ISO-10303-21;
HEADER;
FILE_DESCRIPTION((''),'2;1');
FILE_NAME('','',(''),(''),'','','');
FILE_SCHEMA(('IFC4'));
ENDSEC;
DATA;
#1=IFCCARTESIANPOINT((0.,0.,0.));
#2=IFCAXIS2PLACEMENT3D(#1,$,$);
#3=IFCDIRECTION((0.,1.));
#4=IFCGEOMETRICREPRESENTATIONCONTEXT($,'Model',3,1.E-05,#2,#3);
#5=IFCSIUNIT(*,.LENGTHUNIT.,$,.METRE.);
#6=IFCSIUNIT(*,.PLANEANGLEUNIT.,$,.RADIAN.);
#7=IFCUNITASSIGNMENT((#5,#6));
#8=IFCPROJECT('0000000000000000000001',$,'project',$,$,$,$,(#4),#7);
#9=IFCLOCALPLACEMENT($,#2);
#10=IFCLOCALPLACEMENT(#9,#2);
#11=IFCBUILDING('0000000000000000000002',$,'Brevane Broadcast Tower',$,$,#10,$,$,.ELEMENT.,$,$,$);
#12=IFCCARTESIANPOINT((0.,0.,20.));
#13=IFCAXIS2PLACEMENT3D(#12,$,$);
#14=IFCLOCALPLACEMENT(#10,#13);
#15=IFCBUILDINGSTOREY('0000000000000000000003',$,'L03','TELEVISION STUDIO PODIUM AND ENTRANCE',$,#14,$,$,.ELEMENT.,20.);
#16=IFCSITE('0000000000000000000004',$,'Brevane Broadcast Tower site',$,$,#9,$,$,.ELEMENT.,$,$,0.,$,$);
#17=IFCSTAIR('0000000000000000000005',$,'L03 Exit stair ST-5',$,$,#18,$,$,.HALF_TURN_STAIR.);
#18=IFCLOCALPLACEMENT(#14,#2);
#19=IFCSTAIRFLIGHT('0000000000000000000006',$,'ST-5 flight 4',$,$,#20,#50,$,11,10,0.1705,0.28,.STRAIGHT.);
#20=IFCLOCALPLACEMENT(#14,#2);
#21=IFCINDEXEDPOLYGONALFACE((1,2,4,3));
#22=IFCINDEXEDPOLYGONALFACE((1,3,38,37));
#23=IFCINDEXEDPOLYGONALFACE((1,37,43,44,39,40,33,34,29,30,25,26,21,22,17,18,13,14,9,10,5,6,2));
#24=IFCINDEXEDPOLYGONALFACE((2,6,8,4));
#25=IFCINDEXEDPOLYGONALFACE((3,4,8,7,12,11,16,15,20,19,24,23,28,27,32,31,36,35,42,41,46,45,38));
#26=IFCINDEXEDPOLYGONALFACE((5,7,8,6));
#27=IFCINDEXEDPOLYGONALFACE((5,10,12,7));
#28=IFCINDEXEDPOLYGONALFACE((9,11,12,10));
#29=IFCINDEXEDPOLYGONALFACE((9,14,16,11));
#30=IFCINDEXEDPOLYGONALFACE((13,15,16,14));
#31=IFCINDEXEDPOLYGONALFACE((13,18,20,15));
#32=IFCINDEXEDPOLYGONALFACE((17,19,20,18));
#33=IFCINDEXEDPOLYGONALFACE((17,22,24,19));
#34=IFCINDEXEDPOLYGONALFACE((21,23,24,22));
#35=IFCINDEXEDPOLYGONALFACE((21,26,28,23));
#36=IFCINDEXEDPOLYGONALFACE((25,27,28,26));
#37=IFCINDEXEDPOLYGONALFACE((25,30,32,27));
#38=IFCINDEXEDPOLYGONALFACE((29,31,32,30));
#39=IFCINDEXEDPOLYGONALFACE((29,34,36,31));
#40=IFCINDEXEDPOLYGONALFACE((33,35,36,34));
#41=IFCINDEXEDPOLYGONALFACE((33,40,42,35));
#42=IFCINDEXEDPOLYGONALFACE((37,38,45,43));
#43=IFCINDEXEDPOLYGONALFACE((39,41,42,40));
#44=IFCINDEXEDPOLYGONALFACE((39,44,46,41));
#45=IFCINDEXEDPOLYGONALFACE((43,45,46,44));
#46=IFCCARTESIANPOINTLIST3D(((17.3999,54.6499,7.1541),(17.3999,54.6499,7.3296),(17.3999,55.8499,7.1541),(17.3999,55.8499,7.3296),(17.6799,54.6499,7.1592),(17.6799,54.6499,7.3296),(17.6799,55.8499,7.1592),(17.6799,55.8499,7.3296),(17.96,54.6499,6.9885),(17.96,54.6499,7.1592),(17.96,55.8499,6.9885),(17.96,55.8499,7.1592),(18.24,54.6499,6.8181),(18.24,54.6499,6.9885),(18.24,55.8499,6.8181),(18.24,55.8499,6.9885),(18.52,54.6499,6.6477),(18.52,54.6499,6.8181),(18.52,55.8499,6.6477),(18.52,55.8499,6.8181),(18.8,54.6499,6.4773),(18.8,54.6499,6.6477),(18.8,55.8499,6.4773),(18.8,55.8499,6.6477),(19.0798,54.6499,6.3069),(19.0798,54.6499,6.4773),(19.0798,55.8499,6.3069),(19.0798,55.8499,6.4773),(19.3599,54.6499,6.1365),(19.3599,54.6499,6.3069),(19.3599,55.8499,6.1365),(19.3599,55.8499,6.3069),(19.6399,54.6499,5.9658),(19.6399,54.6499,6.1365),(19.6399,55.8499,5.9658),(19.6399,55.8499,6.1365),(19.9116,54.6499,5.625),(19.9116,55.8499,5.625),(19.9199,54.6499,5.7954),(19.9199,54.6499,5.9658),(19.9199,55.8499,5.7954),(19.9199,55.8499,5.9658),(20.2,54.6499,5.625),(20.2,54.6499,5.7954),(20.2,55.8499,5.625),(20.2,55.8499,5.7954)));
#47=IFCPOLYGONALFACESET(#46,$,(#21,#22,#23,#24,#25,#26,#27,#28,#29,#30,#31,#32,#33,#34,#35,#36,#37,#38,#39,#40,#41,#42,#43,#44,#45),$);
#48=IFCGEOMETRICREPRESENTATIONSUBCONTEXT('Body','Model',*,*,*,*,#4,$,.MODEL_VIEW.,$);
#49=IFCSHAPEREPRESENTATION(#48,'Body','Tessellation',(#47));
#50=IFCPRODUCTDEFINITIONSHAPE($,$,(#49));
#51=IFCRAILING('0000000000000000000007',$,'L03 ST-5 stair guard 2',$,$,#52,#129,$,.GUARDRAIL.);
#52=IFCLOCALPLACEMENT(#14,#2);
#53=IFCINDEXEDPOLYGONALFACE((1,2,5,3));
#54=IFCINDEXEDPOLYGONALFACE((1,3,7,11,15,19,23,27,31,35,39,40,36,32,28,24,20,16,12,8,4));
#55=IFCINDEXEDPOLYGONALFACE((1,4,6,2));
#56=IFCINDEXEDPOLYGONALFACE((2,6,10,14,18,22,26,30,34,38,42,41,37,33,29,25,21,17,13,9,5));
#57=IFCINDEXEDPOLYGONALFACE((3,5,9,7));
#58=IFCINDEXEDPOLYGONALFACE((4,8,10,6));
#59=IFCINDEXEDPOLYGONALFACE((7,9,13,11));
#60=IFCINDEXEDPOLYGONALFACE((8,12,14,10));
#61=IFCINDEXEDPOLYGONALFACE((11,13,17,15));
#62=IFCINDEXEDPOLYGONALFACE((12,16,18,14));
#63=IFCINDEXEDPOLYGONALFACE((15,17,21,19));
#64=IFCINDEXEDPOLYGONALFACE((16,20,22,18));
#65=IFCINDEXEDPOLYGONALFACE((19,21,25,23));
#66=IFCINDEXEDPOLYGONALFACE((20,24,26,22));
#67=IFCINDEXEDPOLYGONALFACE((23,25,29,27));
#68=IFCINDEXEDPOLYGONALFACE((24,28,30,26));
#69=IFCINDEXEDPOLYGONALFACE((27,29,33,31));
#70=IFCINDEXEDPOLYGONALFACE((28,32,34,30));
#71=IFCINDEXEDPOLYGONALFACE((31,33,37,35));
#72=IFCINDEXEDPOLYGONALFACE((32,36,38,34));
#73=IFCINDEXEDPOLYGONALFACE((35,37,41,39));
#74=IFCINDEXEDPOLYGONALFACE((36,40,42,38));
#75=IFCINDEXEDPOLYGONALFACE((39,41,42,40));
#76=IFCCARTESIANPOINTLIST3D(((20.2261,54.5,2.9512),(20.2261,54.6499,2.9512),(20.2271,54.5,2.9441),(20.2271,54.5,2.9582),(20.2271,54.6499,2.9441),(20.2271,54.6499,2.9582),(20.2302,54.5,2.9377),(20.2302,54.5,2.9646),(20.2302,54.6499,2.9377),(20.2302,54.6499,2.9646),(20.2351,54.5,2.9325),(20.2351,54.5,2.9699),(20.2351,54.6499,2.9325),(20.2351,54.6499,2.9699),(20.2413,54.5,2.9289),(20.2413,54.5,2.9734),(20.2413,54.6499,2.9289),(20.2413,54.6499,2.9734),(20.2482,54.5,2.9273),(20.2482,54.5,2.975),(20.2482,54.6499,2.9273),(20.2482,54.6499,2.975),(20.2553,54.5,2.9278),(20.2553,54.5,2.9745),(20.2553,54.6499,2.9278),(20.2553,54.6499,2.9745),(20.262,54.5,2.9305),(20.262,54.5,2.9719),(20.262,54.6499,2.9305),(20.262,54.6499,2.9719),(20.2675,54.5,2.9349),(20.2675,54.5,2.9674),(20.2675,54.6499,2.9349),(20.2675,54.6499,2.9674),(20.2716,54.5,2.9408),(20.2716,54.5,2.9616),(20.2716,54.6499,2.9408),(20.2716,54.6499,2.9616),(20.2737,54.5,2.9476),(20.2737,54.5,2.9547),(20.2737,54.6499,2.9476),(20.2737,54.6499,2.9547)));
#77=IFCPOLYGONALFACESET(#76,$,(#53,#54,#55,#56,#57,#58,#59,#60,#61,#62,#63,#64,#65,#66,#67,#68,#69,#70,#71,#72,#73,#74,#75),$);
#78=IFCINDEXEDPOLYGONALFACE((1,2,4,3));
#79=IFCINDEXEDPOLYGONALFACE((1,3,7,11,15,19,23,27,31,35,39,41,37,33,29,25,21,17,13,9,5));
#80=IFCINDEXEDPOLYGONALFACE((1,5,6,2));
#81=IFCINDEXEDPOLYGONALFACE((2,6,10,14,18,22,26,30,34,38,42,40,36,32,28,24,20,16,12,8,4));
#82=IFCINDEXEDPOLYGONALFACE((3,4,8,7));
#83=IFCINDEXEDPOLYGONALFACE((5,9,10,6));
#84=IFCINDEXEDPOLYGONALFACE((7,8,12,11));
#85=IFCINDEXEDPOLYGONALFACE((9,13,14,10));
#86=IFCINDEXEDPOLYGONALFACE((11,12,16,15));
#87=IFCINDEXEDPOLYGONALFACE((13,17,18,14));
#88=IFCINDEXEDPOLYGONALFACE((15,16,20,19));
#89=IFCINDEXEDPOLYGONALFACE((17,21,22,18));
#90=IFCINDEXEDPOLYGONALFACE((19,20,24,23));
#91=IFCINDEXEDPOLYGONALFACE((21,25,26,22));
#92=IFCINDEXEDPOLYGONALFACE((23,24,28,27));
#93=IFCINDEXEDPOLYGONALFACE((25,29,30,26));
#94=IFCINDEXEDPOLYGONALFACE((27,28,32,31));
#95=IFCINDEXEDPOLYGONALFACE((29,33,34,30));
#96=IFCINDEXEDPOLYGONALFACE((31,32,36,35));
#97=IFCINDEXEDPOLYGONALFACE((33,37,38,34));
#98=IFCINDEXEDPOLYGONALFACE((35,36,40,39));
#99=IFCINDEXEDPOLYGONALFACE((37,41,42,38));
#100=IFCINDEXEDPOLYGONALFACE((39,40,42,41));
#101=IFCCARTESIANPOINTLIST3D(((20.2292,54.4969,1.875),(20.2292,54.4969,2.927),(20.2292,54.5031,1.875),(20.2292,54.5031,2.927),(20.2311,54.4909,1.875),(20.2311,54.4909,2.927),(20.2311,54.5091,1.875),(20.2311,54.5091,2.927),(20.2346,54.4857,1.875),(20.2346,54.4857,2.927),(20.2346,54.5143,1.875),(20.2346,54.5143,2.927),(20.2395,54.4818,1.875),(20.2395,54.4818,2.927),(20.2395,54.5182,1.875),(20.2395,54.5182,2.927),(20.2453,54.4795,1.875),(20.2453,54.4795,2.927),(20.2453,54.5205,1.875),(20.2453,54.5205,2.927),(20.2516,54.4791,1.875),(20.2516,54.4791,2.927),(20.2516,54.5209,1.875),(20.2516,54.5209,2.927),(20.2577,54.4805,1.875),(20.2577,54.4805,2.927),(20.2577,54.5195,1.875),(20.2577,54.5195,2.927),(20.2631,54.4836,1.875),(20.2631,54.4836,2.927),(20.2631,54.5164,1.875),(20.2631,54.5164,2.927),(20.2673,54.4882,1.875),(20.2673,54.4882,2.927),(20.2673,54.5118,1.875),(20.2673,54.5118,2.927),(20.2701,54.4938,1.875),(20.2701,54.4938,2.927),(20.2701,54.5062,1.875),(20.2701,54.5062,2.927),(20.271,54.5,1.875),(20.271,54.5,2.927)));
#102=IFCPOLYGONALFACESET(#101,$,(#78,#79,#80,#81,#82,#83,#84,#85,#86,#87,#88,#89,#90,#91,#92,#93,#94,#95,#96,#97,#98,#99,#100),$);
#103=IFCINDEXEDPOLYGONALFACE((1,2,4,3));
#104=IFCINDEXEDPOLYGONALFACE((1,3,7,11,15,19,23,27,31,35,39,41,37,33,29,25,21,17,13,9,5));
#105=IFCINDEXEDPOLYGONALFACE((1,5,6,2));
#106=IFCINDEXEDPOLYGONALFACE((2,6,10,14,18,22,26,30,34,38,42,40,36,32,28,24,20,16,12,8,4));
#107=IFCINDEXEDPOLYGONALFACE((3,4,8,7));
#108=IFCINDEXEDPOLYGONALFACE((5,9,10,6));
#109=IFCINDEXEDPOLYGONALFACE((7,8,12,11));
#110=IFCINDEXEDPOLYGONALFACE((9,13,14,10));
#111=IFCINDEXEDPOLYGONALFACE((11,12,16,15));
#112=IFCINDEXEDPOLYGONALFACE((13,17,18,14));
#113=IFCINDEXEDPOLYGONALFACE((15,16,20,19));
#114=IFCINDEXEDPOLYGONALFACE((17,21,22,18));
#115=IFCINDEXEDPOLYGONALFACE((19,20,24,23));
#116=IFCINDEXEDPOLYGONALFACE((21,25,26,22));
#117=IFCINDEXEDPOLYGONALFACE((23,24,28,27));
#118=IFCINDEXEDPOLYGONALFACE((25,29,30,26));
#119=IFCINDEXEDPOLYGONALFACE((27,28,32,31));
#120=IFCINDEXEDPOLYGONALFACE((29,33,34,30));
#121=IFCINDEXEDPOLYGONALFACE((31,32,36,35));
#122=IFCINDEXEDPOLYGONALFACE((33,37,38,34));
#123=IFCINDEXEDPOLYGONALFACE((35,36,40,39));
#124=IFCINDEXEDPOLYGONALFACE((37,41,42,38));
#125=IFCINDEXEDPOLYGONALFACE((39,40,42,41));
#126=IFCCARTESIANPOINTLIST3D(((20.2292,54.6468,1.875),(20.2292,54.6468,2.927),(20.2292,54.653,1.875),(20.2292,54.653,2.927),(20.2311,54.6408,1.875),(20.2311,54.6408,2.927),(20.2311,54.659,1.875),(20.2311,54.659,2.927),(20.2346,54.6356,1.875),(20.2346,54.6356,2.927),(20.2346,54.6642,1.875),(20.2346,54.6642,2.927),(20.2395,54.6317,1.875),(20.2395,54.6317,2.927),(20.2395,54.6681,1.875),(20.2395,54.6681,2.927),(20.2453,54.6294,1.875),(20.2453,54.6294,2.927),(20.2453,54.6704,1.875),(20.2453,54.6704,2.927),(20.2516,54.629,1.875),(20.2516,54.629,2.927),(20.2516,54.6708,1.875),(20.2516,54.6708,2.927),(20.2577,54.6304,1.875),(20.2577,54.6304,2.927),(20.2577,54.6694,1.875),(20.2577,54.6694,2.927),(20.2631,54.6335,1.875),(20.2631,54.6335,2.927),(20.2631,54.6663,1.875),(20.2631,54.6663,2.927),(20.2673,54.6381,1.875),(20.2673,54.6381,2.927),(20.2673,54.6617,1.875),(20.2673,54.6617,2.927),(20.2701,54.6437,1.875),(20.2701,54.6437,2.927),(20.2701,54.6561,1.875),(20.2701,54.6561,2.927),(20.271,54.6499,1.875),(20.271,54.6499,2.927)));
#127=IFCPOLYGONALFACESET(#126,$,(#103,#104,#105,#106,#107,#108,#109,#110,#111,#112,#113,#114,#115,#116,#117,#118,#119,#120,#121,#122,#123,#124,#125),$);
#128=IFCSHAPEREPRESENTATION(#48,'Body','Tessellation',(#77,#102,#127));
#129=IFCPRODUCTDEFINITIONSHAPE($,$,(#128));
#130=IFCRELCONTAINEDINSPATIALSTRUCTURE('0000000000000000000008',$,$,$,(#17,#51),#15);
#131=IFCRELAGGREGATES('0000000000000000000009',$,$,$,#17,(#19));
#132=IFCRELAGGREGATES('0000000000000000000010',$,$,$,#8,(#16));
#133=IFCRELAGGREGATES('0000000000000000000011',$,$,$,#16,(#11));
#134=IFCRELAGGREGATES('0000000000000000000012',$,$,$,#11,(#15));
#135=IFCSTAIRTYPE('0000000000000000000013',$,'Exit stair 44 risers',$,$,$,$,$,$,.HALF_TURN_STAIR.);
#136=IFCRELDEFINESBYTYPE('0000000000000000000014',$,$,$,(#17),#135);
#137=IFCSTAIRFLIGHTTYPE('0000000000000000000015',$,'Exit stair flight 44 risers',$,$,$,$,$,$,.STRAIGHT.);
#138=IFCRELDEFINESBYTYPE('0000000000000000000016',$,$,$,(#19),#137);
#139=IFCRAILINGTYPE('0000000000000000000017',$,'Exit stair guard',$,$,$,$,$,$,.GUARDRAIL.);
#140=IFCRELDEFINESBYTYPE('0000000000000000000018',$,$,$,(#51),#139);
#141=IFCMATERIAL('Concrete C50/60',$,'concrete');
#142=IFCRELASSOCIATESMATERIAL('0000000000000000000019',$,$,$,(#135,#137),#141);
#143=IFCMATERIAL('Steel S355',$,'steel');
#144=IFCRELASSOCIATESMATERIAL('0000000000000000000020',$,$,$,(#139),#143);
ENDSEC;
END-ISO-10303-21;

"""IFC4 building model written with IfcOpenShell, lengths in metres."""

from ifc_helpers import new_model, si_unit, direction, frame, origin, origin_2d, place, context, subcontext, project, spatial, polyline, circle, outline, extrude, material, type_object, element, aggregate, save


model = new_model("IFC4")

# Units and contexts
model_context = context("Model", 3, precision=1e-05, world=origin(), true_north=direction((0.0, 1.0)))
body_context = subcontext(model_context, "Body", "Model", "MODEL_VIEW")
ifc_project = project(units=[si_unit("LENGTHUNIT", "METRE"), si_unit("PLANEANGLEUNIT", "RADIAN")], contexts=[model_context])

# Site, building, storey
site_placement = place(None, origin())
site = spatial("IfcSite", under=ifc_project, at=site_placement, Name="Brevane Broadcast Tower site", CompositionType="ELEMENT", RefElevation=0.0)
building_placement = place(site_placement, origin())
building = spatial("IfcBuilding", under=site, at=building_placement, Name="Brevane Broadcast Tower", CompositionType="ELEMENT")
storey_placement = place(building_placement, frame((0.0, 0.0, 20.0)))
storey = spatial("IfcBuildingStorey", under=building, at=storey_placement, Name="L03", Description="TELEVISION STUDIO PODIUM AND ENTRANCE", CompositionType="ELEMENT", Elevation=20.0)

# Stair, stair flight
ifc_material_1 = material(Name="Concrete C50/60", Category="concrete")
stair_type = type_object("IfcStairType", Name="Exit stair 44 risers", PredefinedType="HALF_TURN_STAIR", material=ifc_material_1)
stair_placement = place(storey_placement, origin())
stair = element("IfcStair", 1, at=stair_placement, inside=storey, type_object=stair_type, Name="L03 Exit stair ST-5", PredefinedType="HALF_TURN_STAIR")
stair_flight_type = type_object("IfcStairFlightType", Name="Exit stair flight 44 risers", PredefinedType="STRAIGHT", material=ifc_material_1)
stair_flight_1_placement = place(storey_placement, frame((20.2, 55.25, 5.625), z_axis=(0.0, 0.0, 1.0), x_axis=(-1.0, 0.0, 0.0)))
stair_flight_1 = element("IfcStairFlight", 2, at=stair_flight_1_placement, type_object=stair_flight_type, Name="ST-5 flight 4", NumberOfRisers=11, NumberOfTreads=10, PredefinedType="STRAIGHT", RiserHeight=0.1705, TreadLength=0.28, context=body_context, shape_type="SweptSolid", body=[
    extrude(outline(polyline([(0.0, 0.0), (0.0, 0.1704), (0.28, 0.1704), (0.28, 0.3408), (0.5601, 0.3408), (0.5601, 0.5115), (0.8401, 0.5115), (0.8401, 0.6819), (1.1201, 0.6819), (1.1201, 0.8523), (1.3999, 0.8523), (1.3999, 1.0227), (1.6799, 1.0227), (1.6799, 1.1931), (1.96, 1.1931), (1.96, 1.3635), (2.24, 1.3635), (2.24, 1.5342), (2.52, 1.5342), (2.52, 1.7046), (2.8, 1.7046), (2.8, 1.875), (2.8, 1.5291), (0.2883, 0.0), (0.0, 0.0)])), frame((0.0, 0.6001, 0.0), z_axis=(0.0, -1.0, 0.0), x_axis=(1.0, 0.0, 0.0)), (0.0, 0.0, 1.0), 1.2),
])
aggregate(stair, [stair_flight_1])

# Railing
ifc_material_2 = material(Name="Steel S355", Category="steel")
railing_type_1 = type_object("IfcRailingType", Name="Exit stair guard", PredefinedType="GUARDRAIL", material=ifc_material_2)
railing_1_placement = place(storey_placement, frame((20.25, 54.5, 1.875)))
element("IfcRailing", 3, at=railing_1_placement, inside=storey, type_object=railing_type_1, Name="L03 ST-5 stair guard 2", PredefinedType="GUARDRAIL", context=body_context, shape_type="SweptSolid", body=[
    extrude(circle(Radius=0.0239, at=origin_2d()), frame((0.0, 0.0, 1.0762), z_axis=(0.0, 1.0, 0.0), x_axis=(-1.0, 0.0, 0.0)), (0.0, 0.0, 1.0), 0.1499),
    extrude(circle(Radius=0.021, at=origin_2d()), origin(), (0.0, 0.0, 1.0), 1.052),
    extrude(circle(Radius=0.021, at=origin_2d()), frame((0.0, 0.1499, 0.0)), (0.0, 0.0, 1.0), 1.052),
])

save(model, "model.ifc")
